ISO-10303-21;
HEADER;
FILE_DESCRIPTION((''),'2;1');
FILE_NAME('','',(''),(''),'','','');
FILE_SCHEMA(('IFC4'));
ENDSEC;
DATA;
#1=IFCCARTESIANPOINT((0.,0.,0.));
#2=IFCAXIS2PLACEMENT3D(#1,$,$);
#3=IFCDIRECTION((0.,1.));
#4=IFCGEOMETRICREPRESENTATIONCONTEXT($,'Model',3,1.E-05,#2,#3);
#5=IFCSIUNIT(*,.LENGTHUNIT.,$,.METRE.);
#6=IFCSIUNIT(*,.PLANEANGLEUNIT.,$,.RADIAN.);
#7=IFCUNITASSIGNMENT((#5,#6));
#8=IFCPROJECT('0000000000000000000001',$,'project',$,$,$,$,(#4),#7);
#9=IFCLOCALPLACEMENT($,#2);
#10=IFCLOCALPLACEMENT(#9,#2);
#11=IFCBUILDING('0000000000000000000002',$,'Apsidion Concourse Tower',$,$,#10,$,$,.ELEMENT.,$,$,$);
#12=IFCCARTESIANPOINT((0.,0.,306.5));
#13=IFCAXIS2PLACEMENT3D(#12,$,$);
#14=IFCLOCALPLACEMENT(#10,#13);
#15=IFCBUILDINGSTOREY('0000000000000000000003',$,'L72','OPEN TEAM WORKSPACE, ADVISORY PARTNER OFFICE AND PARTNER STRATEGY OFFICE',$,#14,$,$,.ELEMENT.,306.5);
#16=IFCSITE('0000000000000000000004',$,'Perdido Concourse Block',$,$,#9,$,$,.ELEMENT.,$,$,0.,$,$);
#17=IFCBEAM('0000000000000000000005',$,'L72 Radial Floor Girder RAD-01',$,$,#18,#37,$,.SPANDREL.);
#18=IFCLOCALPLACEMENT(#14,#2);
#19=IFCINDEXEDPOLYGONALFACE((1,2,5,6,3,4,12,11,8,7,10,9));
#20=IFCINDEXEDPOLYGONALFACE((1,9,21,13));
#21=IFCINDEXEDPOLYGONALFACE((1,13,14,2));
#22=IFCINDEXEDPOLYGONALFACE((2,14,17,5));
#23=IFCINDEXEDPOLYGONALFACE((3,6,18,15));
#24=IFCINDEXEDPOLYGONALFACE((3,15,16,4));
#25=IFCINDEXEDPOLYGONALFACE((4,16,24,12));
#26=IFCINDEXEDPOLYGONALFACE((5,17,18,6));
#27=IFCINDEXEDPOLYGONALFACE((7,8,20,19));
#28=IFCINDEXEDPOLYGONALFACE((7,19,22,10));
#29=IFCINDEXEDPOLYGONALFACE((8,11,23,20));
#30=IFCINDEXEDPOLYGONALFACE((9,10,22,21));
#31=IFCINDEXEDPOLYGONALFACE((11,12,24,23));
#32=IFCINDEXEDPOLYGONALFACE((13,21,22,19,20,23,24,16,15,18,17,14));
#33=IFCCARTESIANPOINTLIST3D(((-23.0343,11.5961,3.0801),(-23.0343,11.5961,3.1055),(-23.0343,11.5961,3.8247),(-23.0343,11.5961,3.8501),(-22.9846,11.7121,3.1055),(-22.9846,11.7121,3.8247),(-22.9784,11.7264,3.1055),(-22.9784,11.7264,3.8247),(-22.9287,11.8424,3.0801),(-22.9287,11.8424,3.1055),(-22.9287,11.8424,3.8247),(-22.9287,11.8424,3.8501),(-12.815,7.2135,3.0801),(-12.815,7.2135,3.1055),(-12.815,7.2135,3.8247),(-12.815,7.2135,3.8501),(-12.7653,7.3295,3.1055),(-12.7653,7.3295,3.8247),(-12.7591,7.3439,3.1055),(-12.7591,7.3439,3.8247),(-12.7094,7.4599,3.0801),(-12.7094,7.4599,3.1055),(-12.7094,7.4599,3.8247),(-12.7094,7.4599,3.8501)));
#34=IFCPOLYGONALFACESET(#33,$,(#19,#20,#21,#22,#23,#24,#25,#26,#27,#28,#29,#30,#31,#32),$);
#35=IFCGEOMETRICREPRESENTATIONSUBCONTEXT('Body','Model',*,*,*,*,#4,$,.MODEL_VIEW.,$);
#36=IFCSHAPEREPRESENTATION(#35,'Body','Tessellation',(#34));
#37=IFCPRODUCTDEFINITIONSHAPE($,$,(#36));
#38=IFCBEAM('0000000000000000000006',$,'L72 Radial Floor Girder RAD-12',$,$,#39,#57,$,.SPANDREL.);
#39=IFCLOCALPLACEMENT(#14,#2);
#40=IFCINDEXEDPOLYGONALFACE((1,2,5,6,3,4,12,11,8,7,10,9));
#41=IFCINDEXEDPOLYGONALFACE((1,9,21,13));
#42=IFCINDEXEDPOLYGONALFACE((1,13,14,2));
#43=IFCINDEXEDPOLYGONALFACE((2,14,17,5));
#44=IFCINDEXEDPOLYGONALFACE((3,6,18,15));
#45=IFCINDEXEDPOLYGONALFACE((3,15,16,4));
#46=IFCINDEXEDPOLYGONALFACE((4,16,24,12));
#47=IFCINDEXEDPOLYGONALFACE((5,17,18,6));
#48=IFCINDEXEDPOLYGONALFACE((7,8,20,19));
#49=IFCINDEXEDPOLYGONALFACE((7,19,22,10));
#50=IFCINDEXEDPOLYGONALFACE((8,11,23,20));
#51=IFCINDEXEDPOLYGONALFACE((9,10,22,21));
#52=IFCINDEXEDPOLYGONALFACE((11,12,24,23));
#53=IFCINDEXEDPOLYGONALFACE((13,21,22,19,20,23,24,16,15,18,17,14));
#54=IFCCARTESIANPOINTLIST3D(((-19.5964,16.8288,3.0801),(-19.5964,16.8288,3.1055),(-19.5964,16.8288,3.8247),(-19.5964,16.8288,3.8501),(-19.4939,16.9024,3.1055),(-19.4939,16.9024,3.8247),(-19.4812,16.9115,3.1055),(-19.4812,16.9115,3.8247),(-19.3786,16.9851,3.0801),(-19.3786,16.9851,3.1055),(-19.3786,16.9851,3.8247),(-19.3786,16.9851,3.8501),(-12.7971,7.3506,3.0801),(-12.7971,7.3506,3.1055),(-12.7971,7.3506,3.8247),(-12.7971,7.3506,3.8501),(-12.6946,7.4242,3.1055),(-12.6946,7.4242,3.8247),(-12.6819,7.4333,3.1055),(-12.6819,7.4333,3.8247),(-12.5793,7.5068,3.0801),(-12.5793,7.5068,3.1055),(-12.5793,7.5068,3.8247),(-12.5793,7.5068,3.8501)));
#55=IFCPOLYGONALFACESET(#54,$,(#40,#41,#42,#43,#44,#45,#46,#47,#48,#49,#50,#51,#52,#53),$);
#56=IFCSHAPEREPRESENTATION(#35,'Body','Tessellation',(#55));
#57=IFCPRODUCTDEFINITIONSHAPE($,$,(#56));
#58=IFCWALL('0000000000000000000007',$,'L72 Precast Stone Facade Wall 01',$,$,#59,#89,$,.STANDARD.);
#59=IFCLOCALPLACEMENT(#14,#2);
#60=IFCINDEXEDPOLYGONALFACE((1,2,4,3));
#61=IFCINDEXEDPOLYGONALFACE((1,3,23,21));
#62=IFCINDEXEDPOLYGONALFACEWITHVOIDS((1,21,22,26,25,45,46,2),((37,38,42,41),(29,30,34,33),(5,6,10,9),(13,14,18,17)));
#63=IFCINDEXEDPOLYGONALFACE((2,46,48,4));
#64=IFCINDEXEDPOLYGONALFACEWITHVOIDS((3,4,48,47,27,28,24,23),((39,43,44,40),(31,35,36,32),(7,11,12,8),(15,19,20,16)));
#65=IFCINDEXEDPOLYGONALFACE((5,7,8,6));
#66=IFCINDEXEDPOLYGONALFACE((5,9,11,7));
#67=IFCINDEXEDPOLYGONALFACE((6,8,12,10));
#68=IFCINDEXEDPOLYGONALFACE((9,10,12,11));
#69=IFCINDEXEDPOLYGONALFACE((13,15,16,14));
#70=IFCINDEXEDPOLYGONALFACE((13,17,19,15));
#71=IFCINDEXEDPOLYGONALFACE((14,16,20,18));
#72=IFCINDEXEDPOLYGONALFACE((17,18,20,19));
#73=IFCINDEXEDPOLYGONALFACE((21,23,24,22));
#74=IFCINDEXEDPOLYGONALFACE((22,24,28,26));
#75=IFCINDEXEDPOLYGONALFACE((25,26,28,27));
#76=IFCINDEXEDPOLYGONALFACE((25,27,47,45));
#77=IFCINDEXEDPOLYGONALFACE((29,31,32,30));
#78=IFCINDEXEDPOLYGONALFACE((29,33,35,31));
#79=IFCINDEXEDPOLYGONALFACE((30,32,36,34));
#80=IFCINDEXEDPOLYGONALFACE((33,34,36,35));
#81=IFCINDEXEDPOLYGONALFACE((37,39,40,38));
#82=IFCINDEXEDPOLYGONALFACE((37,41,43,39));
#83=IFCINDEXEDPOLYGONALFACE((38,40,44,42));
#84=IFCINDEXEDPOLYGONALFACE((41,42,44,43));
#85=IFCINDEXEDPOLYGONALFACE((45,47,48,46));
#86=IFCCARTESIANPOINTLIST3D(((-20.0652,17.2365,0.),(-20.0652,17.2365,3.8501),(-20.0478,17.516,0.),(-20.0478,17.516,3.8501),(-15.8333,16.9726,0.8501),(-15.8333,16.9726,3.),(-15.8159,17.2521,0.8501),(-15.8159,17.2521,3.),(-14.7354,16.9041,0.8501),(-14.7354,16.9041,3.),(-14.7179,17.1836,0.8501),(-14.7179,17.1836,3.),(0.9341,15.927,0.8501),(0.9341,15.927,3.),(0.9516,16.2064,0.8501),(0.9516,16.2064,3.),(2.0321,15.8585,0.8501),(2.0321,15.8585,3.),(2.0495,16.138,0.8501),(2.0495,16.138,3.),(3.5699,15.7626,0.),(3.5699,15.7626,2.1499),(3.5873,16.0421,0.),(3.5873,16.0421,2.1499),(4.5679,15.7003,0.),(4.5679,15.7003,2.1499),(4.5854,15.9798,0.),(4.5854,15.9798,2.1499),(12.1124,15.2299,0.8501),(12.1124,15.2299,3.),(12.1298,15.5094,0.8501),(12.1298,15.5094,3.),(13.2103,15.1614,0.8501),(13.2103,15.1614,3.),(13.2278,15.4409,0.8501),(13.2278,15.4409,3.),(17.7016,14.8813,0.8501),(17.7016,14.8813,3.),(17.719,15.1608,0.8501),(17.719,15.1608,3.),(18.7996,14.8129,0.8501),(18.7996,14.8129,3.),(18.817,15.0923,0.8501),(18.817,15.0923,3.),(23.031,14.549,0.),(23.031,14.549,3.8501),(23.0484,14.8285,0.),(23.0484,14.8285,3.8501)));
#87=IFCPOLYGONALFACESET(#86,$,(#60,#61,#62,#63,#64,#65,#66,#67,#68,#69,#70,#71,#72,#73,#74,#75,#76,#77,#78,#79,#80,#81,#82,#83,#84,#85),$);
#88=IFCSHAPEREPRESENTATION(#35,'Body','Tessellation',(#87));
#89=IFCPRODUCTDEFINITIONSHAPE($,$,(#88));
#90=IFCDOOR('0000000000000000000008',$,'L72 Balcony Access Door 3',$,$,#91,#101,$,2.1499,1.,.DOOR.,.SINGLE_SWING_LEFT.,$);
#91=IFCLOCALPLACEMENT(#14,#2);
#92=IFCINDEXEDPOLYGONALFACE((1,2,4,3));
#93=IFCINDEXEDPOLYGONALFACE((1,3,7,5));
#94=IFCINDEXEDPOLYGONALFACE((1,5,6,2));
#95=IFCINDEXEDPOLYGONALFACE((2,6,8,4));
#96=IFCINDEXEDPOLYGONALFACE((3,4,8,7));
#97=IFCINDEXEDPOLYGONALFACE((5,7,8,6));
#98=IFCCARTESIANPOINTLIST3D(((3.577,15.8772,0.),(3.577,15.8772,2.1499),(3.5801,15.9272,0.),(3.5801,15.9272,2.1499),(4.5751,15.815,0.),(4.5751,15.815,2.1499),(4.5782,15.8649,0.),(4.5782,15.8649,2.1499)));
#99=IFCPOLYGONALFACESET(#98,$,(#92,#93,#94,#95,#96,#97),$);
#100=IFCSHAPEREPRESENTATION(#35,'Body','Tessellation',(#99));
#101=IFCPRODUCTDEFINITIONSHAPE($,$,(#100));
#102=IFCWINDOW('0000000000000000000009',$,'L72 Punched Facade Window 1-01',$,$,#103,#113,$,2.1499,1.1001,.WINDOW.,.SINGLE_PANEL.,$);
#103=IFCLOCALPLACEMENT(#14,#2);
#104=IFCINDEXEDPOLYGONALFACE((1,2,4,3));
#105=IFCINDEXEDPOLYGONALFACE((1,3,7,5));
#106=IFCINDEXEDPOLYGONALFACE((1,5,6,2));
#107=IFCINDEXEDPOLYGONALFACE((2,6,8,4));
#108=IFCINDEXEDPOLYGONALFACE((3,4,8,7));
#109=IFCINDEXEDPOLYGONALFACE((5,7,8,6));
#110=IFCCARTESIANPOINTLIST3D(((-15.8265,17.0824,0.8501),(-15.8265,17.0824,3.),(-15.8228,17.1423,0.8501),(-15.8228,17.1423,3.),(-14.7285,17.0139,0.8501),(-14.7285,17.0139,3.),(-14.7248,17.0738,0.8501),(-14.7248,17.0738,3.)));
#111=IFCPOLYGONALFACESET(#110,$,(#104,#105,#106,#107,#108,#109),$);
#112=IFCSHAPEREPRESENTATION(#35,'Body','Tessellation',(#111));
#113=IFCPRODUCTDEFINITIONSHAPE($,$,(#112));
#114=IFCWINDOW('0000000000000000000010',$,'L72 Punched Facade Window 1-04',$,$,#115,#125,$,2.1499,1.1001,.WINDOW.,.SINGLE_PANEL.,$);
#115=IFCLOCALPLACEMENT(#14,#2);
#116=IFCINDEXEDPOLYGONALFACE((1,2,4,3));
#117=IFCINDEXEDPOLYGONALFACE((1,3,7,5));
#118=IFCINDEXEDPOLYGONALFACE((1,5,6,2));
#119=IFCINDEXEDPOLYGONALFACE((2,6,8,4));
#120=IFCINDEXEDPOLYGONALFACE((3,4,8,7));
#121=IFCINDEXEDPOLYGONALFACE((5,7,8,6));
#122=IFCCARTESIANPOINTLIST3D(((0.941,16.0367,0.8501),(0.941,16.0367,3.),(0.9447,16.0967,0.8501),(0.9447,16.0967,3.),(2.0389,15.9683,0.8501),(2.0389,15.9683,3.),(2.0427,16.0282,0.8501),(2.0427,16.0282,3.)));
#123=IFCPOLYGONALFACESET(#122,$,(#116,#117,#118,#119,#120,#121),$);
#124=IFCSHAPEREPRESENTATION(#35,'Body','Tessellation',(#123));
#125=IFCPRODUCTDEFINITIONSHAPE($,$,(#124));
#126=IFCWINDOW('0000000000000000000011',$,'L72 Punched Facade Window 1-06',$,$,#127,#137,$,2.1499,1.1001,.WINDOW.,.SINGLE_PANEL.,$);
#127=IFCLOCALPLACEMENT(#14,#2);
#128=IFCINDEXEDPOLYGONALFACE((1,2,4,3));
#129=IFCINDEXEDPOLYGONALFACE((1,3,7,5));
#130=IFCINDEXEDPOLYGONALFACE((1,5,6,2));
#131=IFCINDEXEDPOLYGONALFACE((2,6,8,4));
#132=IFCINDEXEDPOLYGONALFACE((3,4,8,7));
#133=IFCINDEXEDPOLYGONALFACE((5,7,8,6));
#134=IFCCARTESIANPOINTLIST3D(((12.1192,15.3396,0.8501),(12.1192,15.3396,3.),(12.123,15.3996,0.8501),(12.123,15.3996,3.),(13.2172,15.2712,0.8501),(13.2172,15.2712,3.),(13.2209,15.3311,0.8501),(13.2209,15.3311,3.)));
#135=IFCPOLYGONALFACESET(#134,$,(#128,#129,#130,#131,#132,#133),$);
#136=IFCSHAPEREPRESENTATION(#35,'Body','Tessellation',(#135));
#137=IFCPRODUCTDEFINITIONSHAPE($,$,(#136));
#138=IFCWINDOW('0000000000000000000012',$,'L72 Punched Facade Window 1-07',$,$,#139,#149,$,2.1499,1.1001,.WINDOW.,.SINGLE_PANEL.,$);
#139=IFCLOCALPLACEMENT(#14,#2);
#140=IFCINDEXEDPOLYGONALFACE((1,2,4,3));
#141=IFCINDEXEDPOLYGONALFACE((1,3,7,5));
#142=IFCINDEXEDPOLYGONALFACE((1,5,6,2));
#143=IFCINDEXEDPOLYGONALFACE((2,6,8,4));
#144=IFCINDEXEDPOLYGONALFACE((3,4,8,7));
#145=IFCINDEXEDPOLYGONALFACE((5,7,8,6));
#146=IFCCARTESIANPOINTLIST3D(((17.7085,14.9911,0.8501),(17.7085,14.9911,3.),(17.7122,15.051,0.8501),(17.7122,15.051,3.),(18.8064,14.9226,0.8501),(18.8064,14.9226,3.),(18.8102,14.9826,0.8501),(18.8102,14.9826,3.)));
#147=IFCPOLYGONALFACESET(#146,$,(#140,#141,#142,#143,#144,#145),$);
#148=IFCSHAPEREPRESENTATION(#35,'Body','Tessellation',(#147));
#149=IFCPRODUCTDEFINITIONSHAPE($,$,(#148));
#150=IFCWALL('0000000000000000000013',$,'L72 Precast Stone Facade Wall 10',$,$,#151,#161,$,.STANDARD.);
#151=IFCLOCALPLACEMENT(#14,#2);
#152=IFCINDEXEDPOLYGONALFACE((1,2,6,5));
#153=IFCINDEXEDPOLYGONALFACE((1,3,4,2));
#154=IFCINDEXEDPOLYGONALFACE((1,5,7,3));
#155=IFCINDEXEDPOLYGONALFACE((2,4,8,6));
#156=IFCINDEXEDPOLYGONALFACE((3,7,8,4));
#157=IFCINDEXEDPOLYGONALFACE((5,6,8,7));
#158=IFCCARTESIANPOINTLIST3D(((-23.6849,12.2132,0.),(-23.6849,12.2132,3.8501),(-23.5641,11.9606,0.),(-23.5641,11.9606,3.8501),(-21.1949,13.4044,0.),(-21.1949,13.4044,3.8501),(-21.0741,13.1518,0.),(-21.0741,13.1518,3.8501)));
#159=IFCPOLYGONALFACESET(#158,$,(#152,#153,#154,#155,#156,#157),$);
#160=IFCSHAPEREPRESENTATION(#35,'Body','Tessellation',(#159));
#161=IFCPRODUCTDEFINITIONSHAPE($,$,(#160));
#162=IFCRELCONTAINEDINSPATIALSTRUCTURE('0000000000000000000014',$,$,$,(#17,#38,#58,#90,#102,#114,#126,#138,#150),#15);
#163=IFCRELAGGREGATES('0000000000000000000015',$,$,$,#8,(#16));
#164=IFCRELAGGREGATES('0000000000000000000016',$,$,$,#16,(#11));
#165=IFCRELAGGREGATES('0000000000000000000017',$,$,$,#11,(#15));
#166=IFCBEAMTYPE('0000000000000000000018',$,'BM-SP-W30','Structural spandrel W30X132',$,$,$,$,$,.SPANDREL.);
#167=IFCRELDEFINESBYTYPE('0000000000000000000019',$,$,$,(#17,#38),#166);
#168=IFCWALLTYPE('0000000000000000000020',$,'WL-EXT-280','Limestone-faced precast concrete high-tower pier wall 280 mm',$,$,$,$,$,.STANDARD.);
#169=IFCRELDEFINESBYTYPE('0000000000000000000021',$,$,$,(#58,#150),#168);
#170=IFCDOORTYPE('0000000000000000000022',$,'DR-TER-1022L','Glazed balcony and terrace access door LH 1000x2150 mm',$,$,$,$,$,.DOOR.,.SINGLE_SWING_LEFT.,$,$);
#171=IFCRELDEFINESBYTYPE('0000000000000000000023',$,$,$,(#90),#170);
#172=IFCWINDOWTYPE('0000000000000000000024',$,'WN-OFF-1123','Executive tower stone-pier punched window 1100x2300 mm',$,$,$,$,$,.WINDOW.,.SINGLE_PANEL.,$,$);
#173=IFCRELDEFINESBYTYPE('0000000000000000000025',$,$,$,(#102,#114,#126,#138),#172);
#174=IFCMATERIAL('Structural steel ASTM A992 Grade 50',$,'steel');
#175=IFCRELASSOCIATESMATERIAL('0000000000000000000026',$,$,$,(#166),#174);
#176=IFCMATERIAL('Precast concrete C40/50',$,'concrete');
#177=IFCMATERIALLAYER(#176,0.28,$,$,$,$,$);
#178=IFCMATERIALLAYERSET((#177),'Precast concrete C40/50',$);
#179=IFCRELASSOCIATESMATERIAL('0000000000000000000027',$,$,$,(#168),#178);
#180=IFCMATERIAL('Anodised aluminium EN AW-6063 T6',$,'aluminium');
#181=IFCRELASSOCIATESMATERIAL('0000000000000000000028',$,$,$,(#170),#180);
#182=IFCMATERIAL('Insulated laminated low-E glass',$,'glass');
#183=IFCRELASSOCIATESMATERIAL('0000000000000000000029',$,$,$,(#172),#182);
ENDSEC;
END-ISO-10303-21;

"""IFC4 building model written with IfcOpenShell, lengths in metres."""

from ifc_helpers import new_model, si_unit, direction, frame, frame_2d, origin, origin_2d, place, context, subcontext, project, spatial, rectangle, i_section, extrude, material, layer, layer_set, material_profile, profile_set, type_object, element, fill, save


model = new_model("IFC4")

# Units and contexts
model_context = context("Model", 3, precision=1e-05, world=origin(), true_north=direction((0.0, 1.0)))
body_context = subcontext(model_context, "Body", "Model", "MODEL_VIEW")
ifc_project = project(units=[si_unit("LENGTHUNIT", "METRE"), si_unit("PLANEANGLEUNIT", "RADIAN")], contexts=[model_context])

# Site, building, storey
site_placement = place(None, origin())
site = spatial("IfcSite", under=ifc_project, at=site_placement, Name="Perdido Concourse Block", CompositionType="ELEMENT", RefElevation=0.0)
building_placement = place(site_placement, origin())
building = spatial("IfcBuilding", under=site, at=building_placement, Name="Apsidion Concourse Tower", CompositionType="ELEMENT")
storey_placement = place(building_placement, frame((0.0, 0.0, 306.5)))
storey = spatial("IfcBuildingStorey", under=building, at=storey_placement, Name="L72", Description="OPEN TEAM WORKSPACE, ADVISORY PARTNER OFFICE AND PARTNER STRATEGY OFFICE", CompositionType="ELEMENT", Elevation=306.5)

# Shared definitions
ifc_material_1 = material(Name="Structural steel ASTM A992 Grade 50", Category="steel")

# Beams
ifc_material_profile_1 = material_profile(ifc_material_1, i_section(OverallWidth=0.2681, OverallDepth=0.77, WebThickness=0.0156, FlangeThickness=0.0254, at=origin_2d()), Name="W30X132")
ifc_profile_set_1 = profile_set([ifc_material_profile_1], Name="Structural steel ASTM A992 Grade 50")
beam_type_1 = type_object("IfcBeamType", Name="BM-SP-W30", Description="Structural spandrel W30X132", PredefinedType="SPANDREL", material=ifc_profile_set_1)
beam_1_placement = place(storey_placement, frame((-12.7622, 7.3367, 3.4651), z_axis=(-0.919051, 0.394139, 0.0), x_axis=(-0.394139, -0.919051, 0.0)))
element("IfcBeam", 1, at=beam_1_placement, inside=storey, type_object=beam_type_1, Name="L72 Radial Floor Girder RAD-01", PredefinedType="SPANDREL", context=body_context, shape_type="SweptSolid", body=[
    extrude(i_section(OverallWidth=0.2681, OverallDepth=0.77, WebThickness=0.0156, FlangeThickness=0.0254, at=origin_2d()), origin(), (0.0, 0.0, 1.0), 11.1194),
])
beam_2_placement = place(storey_placement, frame((-12.6882, 7.4287, 3.4651), z_axis=(-0.58289, 0.812551, 0.0), x_axis=(-0.812551, -0.58289, 0.0)))
element("IfcBeam", 2, at=beam_2_placement, inside=storey, type_object=beam_type_1, Name="L72 Radial Floor Girder RAD-12", PredefinedType="SPANDREL", context=body_context, shape_type="SweptSolid", body=[
    extrude(i_section(OverallWidth=0.2681, OverallDepth=0.77, WebThickness=0.0156, FlangeThickness=0.0254, at=origin_2d()), origin(), (0.0, 0.0, 1.0), 11.6648),
])

# Wall, openings, door, windows
ifc_material_2 = material(Name="Precast concrete C40/50", Category="concrete")
ifc_layer_1 = layer(ifc_material_2, 0.28)
ifc_layer_set_1 = layer_set([ifc_layer_1], Name="Precast concrete C40/50")
wall_type_1 = type_object("IfcWallType", Name="WL-EXT-280", Description="Limestone-faced precast concrete high-tower pier wall 280 mm", PredefinedType="STANDARD", material=ifc_layer_set_1)
wall_1_placement = place(storey_placement, frame((-20.0564, 17.3762, 0.0), z_axis=(0.0, 0.0, 1.0), x_axis=(0.998061, -0.06224, 0.0)))
wall_1 = element("IfcWall", 3, at=wall_1_placement, inside=storey, type_object=wall_type_1, Name="L72 Precast Stone Facade Wall 01", PredefinedType="STANDARD", context=body_context, shape_type="SweptSolid", body=[
    extrude(rectangle(XDim=43.1799, YDim=0.28, at=frame_2d((21.5898, 0.0))), origin(), (0.0, 0.0, 1.0), 3.8501),
])
opening_1_placement = place(wall_1_placement, frame((23.6809, 0.0, 0.0)))
opening_1 = element("IfcOpeningElement", 4, at=opening_1_placement, cuts=wall_1, PredefinedType="OPENING", context=body_context, shape_type="SweptSolid", body=[
    extrude(rectangle(XDim=1.0, YDim=2.1499, at=frame_2d((0.5, 1.075))), frame((0.0, 0.1499, 0.0), z_axis=(0.0, -1.0, 0.0), x_axis=(1.0, 0.0, 0.0)), (0.0, 0.0, 1.0), 0.3),
])
opening_2_placement = place(wall_1_placement, frame((4.24, 0.0, 0.8501)))
opening_2 = element("IfcOpeningElement", 5, at=opening_2_placement, cuts=wall_1, PredefinedType="OPENING", context=body_context, shape_type="SweptSolid", body=[
    extrude(rectangle(XDim=1.1001, YDim=2.1499, at=frame_2d((0.55, 1.075))), frame((0.0, 0.1499, 0.0), z_axis=(0.0, -1.0, 0.0), x_axis=(1.0, 0.0, 0.0)), (0.0, 0.0, 1.0), 0.3),
])
opening_3_placement = place(wall_1_placement, frame((21.04, 0.0, 0.8501)))
opening_3 = element("IfcOpeningElement", 6, at=opening_3_placement, cuts=wall_1, PredefinedType="OPENING", context=body_context, shape_type="SweptSolid", body=[
    extrude(rectangle(XDim=1.1001, YDim=2.1499, at=frame_2d((0.55, 1.075))), frame((0.0, 0.1499, 0.0), z_axis=(0.0, -1.0, 0.0), x_axis=(1.0, 0.0, 0.0)), (0.0, 0.0, 1.0), 0.3),
])
opening_4_placement = place(wall_1_placement, frame((32.24, 0.0, 0.8501)))
opening_4 = element("IfcOpeningElement", 7, at=opening_4_placement, cuts=wall_1, PredefinedType="OPENING", context=body_context, shape_type="SweptSolid", body=[
    extrude(rectangle(XDim=1.1001, YDim=2.1499, at=frame_2d((0.55, 1.075))), frame((0.0, 0.1499, 0.0), z_axis=(0.0, -1.0, 0.0), x_axis=(1.0, 0.0, 0.0)), (0.0, 0.0, 1.0), 0.3),
])
opening_5_placement = place(wall_1_placement, frame((37.8401, 0.0, 0.8501)))
opening_5 = element("IfcOpeningElement", 8, at=opening_5_placement, cuts=wall_1, PredefinedType="OPENING", context=body_context, shape_type="SweptSolid", body=[
    extrude(rectangle(XDim=1.1001, YDim=2.1499, at=frame_2d((0.55, 1.075))), frame((0.0, 0.1499, 0.0), z_axis=(0.0, -1.0, 0.0), x_axis=(1.0, 0.0, 0.0)), (0.0, 0.0, 1.0), 0.3),
])
ifc_material_3 = material(Name="Anodised aluminium EN AW-6063 T6", Category="aluminium")
door_type_1 = type_object("IfcDoorType", Name="DR-TER-1022L", Description="Glazed balcony and terrace access door LH 1000x2150 mm", OperationType="SINGLE_SWING_LEFT", PredefinedType="DOOR", material=ifc_material_3)
door_1_placement = place(opening_1_placement, origin())
door_1 = element("IfcDoor", 9, at=door_1_placement, inside=storey, type_object=door_type_1, Name="L72 Balcony Access Door 3", OperationType="SINGLE_SWING_LEFT", OverallHeight=2.1499, OverallWidth=1.0, PredefinedType="DOOR", context=body_context, shape_type="SweptSolid", body=[
    extrude(rectangle(XDim=1.0, YDim=2.1499, at=frame_2d((0.5, 1.075))), frame((0.0, 0.0249, 0.0), z_axis=(0.0, -1.0, 0.0), x_axis=(1.0, 0.0, 0.0)), (0.0, 0.0, 1.0), 0.05),
])
fill(opening_1, door_1)
ifc_material_4 = material(Name="Insulated laminated low-E glass", Category="glass")
window_type = type_object("IfcWindowType", Name="WN-OFF-1123", Description="Executive tower stone-pier punched window 1100x2300 mm", PartitioningType="SINGLE_PANEL", PredefinedType="WINDOW", material=ifc_material_4)
window_1_placement = place(opening_2_placement, origin())
window_1 = element("IfcWindow", 10, at=window_1_placement, inside=storey, type_object=window_type, Name="L72 Punched Facade Window 1-01", OverallHeight=2.1499, OverallWidth=1.1001, PartitioningType="SINGLE_PANEL", PredefinedType="WINDOW", context=body_context, shape_type="SweptSolid", body=[
    extrude(rectangle(XDim=1.1001, YDim=2.1499, at=frame_2d((0.55, 1.075))), frame((0.0, 0.03, 0.0), z_axis=(0.0, -1.0, 0.0), x_axis=(1.0, 0.0, 0.0)), (0.0, 0.0, 1.0), 0.0601),
])
fill(opening_2, window_1)
window_2_placement = place(opening_3_placement, origin())
window_2 = element("IfcWindow", 11, at=window_2_placement, inside=storey, type_object=window_type, Name="L72 Punched Facade Window 1-04", OverallHeight=2.1499, OverallWidth=1.1001, PartitioningType="SINGLE_PANEL", PredefinedType="WINDOW", context=body_context, shape_type="SweptSolid", body=[
    extrude(rectangle(XDim=1.1001, YDim=2.1499, at=frame_2d((0.55, 1.075))), frame((0.0, 0.03, 0.0), z_axis=(0.0, -1.0, 0.0), x_axis=(1.0, 0.0, 0.0)), (0.0, 0.0, 1.0), 0.0601),
])
fill(opening_3, window_2)
window_3_placement = place(opening_4_placement, origin())
window_3 = element("IfcWindow", 12, at=window_3_placement, inside=storey, type_object=window_type, Name="L72 Punched Facade Window 1-06", OverallHeight=2.1499, OverallWidth=1.1001, PartitioningType="SINGLE_PANEL", PredefinedType="WINDOW", context=body_context, shape_type="SweptSolid", body=[
    extrude(rectangle(XDim=1.1001, YDim=2.1499, at=frame_2d((0.55, 1.075))), frame((0.0, 0.03, 0.0), z_axis=(0.0, -1.0, 0.0), x_axis=(1.0, 0.0, 0.0)), (0.0, 0.0, 1.0), 0.0601),
])
fill(opening_4, window_3)
window_4_placement = place(opening_5_placement, origin())
window_4 = element("IfcWindow", 13, at=window_4_placement, inside=storey, type_object=window_type, Name="L72 Punched Facade Window 1-07", OverallHeight=2.1499, OverallWidth=1.1001, PartitioningType="SINGLE_PANEL", PredefinedType="WINDOW", context=body_context, shape_type="SweptSolid", body=[
    extrude(rectangle(XDim=1.1001, YDim=2.1499, at=frame_2d((0.55, 1.075))), frame((0.0, 0.03, 0.0), z_axis=(0.0, -1.0, 0.0), x_axis=(1.0, 0.0, 0.0)), (0.0, 0.0, 1.0), 0.0601),
])
fill(opening_5, window_4)

# Wall
wall_2_placement = place(storey_placement, frame((-23.6245, 12.0869, 0.0), z_axis=(0.0, 0.0, 1.0), x_axis=(0.902092, 0.431543, 0.0)))
element("IfcWall", 14, at=wall_2_placement, inside=storey, type_object=wall_type_1, Name="L72 Precast Stone Facade Wall 10", PredefinedType="STANDARD", context=body_context, shape_type="SweptSolid", body=[
    extrude(rectangle(XDim=2.7603, YDim=0.28, at=frame_2d((1.3801, 0.0))), origin(), (0.0, 0.0, 1.0), 3.8501),
])

save(model, "model.ifc")
